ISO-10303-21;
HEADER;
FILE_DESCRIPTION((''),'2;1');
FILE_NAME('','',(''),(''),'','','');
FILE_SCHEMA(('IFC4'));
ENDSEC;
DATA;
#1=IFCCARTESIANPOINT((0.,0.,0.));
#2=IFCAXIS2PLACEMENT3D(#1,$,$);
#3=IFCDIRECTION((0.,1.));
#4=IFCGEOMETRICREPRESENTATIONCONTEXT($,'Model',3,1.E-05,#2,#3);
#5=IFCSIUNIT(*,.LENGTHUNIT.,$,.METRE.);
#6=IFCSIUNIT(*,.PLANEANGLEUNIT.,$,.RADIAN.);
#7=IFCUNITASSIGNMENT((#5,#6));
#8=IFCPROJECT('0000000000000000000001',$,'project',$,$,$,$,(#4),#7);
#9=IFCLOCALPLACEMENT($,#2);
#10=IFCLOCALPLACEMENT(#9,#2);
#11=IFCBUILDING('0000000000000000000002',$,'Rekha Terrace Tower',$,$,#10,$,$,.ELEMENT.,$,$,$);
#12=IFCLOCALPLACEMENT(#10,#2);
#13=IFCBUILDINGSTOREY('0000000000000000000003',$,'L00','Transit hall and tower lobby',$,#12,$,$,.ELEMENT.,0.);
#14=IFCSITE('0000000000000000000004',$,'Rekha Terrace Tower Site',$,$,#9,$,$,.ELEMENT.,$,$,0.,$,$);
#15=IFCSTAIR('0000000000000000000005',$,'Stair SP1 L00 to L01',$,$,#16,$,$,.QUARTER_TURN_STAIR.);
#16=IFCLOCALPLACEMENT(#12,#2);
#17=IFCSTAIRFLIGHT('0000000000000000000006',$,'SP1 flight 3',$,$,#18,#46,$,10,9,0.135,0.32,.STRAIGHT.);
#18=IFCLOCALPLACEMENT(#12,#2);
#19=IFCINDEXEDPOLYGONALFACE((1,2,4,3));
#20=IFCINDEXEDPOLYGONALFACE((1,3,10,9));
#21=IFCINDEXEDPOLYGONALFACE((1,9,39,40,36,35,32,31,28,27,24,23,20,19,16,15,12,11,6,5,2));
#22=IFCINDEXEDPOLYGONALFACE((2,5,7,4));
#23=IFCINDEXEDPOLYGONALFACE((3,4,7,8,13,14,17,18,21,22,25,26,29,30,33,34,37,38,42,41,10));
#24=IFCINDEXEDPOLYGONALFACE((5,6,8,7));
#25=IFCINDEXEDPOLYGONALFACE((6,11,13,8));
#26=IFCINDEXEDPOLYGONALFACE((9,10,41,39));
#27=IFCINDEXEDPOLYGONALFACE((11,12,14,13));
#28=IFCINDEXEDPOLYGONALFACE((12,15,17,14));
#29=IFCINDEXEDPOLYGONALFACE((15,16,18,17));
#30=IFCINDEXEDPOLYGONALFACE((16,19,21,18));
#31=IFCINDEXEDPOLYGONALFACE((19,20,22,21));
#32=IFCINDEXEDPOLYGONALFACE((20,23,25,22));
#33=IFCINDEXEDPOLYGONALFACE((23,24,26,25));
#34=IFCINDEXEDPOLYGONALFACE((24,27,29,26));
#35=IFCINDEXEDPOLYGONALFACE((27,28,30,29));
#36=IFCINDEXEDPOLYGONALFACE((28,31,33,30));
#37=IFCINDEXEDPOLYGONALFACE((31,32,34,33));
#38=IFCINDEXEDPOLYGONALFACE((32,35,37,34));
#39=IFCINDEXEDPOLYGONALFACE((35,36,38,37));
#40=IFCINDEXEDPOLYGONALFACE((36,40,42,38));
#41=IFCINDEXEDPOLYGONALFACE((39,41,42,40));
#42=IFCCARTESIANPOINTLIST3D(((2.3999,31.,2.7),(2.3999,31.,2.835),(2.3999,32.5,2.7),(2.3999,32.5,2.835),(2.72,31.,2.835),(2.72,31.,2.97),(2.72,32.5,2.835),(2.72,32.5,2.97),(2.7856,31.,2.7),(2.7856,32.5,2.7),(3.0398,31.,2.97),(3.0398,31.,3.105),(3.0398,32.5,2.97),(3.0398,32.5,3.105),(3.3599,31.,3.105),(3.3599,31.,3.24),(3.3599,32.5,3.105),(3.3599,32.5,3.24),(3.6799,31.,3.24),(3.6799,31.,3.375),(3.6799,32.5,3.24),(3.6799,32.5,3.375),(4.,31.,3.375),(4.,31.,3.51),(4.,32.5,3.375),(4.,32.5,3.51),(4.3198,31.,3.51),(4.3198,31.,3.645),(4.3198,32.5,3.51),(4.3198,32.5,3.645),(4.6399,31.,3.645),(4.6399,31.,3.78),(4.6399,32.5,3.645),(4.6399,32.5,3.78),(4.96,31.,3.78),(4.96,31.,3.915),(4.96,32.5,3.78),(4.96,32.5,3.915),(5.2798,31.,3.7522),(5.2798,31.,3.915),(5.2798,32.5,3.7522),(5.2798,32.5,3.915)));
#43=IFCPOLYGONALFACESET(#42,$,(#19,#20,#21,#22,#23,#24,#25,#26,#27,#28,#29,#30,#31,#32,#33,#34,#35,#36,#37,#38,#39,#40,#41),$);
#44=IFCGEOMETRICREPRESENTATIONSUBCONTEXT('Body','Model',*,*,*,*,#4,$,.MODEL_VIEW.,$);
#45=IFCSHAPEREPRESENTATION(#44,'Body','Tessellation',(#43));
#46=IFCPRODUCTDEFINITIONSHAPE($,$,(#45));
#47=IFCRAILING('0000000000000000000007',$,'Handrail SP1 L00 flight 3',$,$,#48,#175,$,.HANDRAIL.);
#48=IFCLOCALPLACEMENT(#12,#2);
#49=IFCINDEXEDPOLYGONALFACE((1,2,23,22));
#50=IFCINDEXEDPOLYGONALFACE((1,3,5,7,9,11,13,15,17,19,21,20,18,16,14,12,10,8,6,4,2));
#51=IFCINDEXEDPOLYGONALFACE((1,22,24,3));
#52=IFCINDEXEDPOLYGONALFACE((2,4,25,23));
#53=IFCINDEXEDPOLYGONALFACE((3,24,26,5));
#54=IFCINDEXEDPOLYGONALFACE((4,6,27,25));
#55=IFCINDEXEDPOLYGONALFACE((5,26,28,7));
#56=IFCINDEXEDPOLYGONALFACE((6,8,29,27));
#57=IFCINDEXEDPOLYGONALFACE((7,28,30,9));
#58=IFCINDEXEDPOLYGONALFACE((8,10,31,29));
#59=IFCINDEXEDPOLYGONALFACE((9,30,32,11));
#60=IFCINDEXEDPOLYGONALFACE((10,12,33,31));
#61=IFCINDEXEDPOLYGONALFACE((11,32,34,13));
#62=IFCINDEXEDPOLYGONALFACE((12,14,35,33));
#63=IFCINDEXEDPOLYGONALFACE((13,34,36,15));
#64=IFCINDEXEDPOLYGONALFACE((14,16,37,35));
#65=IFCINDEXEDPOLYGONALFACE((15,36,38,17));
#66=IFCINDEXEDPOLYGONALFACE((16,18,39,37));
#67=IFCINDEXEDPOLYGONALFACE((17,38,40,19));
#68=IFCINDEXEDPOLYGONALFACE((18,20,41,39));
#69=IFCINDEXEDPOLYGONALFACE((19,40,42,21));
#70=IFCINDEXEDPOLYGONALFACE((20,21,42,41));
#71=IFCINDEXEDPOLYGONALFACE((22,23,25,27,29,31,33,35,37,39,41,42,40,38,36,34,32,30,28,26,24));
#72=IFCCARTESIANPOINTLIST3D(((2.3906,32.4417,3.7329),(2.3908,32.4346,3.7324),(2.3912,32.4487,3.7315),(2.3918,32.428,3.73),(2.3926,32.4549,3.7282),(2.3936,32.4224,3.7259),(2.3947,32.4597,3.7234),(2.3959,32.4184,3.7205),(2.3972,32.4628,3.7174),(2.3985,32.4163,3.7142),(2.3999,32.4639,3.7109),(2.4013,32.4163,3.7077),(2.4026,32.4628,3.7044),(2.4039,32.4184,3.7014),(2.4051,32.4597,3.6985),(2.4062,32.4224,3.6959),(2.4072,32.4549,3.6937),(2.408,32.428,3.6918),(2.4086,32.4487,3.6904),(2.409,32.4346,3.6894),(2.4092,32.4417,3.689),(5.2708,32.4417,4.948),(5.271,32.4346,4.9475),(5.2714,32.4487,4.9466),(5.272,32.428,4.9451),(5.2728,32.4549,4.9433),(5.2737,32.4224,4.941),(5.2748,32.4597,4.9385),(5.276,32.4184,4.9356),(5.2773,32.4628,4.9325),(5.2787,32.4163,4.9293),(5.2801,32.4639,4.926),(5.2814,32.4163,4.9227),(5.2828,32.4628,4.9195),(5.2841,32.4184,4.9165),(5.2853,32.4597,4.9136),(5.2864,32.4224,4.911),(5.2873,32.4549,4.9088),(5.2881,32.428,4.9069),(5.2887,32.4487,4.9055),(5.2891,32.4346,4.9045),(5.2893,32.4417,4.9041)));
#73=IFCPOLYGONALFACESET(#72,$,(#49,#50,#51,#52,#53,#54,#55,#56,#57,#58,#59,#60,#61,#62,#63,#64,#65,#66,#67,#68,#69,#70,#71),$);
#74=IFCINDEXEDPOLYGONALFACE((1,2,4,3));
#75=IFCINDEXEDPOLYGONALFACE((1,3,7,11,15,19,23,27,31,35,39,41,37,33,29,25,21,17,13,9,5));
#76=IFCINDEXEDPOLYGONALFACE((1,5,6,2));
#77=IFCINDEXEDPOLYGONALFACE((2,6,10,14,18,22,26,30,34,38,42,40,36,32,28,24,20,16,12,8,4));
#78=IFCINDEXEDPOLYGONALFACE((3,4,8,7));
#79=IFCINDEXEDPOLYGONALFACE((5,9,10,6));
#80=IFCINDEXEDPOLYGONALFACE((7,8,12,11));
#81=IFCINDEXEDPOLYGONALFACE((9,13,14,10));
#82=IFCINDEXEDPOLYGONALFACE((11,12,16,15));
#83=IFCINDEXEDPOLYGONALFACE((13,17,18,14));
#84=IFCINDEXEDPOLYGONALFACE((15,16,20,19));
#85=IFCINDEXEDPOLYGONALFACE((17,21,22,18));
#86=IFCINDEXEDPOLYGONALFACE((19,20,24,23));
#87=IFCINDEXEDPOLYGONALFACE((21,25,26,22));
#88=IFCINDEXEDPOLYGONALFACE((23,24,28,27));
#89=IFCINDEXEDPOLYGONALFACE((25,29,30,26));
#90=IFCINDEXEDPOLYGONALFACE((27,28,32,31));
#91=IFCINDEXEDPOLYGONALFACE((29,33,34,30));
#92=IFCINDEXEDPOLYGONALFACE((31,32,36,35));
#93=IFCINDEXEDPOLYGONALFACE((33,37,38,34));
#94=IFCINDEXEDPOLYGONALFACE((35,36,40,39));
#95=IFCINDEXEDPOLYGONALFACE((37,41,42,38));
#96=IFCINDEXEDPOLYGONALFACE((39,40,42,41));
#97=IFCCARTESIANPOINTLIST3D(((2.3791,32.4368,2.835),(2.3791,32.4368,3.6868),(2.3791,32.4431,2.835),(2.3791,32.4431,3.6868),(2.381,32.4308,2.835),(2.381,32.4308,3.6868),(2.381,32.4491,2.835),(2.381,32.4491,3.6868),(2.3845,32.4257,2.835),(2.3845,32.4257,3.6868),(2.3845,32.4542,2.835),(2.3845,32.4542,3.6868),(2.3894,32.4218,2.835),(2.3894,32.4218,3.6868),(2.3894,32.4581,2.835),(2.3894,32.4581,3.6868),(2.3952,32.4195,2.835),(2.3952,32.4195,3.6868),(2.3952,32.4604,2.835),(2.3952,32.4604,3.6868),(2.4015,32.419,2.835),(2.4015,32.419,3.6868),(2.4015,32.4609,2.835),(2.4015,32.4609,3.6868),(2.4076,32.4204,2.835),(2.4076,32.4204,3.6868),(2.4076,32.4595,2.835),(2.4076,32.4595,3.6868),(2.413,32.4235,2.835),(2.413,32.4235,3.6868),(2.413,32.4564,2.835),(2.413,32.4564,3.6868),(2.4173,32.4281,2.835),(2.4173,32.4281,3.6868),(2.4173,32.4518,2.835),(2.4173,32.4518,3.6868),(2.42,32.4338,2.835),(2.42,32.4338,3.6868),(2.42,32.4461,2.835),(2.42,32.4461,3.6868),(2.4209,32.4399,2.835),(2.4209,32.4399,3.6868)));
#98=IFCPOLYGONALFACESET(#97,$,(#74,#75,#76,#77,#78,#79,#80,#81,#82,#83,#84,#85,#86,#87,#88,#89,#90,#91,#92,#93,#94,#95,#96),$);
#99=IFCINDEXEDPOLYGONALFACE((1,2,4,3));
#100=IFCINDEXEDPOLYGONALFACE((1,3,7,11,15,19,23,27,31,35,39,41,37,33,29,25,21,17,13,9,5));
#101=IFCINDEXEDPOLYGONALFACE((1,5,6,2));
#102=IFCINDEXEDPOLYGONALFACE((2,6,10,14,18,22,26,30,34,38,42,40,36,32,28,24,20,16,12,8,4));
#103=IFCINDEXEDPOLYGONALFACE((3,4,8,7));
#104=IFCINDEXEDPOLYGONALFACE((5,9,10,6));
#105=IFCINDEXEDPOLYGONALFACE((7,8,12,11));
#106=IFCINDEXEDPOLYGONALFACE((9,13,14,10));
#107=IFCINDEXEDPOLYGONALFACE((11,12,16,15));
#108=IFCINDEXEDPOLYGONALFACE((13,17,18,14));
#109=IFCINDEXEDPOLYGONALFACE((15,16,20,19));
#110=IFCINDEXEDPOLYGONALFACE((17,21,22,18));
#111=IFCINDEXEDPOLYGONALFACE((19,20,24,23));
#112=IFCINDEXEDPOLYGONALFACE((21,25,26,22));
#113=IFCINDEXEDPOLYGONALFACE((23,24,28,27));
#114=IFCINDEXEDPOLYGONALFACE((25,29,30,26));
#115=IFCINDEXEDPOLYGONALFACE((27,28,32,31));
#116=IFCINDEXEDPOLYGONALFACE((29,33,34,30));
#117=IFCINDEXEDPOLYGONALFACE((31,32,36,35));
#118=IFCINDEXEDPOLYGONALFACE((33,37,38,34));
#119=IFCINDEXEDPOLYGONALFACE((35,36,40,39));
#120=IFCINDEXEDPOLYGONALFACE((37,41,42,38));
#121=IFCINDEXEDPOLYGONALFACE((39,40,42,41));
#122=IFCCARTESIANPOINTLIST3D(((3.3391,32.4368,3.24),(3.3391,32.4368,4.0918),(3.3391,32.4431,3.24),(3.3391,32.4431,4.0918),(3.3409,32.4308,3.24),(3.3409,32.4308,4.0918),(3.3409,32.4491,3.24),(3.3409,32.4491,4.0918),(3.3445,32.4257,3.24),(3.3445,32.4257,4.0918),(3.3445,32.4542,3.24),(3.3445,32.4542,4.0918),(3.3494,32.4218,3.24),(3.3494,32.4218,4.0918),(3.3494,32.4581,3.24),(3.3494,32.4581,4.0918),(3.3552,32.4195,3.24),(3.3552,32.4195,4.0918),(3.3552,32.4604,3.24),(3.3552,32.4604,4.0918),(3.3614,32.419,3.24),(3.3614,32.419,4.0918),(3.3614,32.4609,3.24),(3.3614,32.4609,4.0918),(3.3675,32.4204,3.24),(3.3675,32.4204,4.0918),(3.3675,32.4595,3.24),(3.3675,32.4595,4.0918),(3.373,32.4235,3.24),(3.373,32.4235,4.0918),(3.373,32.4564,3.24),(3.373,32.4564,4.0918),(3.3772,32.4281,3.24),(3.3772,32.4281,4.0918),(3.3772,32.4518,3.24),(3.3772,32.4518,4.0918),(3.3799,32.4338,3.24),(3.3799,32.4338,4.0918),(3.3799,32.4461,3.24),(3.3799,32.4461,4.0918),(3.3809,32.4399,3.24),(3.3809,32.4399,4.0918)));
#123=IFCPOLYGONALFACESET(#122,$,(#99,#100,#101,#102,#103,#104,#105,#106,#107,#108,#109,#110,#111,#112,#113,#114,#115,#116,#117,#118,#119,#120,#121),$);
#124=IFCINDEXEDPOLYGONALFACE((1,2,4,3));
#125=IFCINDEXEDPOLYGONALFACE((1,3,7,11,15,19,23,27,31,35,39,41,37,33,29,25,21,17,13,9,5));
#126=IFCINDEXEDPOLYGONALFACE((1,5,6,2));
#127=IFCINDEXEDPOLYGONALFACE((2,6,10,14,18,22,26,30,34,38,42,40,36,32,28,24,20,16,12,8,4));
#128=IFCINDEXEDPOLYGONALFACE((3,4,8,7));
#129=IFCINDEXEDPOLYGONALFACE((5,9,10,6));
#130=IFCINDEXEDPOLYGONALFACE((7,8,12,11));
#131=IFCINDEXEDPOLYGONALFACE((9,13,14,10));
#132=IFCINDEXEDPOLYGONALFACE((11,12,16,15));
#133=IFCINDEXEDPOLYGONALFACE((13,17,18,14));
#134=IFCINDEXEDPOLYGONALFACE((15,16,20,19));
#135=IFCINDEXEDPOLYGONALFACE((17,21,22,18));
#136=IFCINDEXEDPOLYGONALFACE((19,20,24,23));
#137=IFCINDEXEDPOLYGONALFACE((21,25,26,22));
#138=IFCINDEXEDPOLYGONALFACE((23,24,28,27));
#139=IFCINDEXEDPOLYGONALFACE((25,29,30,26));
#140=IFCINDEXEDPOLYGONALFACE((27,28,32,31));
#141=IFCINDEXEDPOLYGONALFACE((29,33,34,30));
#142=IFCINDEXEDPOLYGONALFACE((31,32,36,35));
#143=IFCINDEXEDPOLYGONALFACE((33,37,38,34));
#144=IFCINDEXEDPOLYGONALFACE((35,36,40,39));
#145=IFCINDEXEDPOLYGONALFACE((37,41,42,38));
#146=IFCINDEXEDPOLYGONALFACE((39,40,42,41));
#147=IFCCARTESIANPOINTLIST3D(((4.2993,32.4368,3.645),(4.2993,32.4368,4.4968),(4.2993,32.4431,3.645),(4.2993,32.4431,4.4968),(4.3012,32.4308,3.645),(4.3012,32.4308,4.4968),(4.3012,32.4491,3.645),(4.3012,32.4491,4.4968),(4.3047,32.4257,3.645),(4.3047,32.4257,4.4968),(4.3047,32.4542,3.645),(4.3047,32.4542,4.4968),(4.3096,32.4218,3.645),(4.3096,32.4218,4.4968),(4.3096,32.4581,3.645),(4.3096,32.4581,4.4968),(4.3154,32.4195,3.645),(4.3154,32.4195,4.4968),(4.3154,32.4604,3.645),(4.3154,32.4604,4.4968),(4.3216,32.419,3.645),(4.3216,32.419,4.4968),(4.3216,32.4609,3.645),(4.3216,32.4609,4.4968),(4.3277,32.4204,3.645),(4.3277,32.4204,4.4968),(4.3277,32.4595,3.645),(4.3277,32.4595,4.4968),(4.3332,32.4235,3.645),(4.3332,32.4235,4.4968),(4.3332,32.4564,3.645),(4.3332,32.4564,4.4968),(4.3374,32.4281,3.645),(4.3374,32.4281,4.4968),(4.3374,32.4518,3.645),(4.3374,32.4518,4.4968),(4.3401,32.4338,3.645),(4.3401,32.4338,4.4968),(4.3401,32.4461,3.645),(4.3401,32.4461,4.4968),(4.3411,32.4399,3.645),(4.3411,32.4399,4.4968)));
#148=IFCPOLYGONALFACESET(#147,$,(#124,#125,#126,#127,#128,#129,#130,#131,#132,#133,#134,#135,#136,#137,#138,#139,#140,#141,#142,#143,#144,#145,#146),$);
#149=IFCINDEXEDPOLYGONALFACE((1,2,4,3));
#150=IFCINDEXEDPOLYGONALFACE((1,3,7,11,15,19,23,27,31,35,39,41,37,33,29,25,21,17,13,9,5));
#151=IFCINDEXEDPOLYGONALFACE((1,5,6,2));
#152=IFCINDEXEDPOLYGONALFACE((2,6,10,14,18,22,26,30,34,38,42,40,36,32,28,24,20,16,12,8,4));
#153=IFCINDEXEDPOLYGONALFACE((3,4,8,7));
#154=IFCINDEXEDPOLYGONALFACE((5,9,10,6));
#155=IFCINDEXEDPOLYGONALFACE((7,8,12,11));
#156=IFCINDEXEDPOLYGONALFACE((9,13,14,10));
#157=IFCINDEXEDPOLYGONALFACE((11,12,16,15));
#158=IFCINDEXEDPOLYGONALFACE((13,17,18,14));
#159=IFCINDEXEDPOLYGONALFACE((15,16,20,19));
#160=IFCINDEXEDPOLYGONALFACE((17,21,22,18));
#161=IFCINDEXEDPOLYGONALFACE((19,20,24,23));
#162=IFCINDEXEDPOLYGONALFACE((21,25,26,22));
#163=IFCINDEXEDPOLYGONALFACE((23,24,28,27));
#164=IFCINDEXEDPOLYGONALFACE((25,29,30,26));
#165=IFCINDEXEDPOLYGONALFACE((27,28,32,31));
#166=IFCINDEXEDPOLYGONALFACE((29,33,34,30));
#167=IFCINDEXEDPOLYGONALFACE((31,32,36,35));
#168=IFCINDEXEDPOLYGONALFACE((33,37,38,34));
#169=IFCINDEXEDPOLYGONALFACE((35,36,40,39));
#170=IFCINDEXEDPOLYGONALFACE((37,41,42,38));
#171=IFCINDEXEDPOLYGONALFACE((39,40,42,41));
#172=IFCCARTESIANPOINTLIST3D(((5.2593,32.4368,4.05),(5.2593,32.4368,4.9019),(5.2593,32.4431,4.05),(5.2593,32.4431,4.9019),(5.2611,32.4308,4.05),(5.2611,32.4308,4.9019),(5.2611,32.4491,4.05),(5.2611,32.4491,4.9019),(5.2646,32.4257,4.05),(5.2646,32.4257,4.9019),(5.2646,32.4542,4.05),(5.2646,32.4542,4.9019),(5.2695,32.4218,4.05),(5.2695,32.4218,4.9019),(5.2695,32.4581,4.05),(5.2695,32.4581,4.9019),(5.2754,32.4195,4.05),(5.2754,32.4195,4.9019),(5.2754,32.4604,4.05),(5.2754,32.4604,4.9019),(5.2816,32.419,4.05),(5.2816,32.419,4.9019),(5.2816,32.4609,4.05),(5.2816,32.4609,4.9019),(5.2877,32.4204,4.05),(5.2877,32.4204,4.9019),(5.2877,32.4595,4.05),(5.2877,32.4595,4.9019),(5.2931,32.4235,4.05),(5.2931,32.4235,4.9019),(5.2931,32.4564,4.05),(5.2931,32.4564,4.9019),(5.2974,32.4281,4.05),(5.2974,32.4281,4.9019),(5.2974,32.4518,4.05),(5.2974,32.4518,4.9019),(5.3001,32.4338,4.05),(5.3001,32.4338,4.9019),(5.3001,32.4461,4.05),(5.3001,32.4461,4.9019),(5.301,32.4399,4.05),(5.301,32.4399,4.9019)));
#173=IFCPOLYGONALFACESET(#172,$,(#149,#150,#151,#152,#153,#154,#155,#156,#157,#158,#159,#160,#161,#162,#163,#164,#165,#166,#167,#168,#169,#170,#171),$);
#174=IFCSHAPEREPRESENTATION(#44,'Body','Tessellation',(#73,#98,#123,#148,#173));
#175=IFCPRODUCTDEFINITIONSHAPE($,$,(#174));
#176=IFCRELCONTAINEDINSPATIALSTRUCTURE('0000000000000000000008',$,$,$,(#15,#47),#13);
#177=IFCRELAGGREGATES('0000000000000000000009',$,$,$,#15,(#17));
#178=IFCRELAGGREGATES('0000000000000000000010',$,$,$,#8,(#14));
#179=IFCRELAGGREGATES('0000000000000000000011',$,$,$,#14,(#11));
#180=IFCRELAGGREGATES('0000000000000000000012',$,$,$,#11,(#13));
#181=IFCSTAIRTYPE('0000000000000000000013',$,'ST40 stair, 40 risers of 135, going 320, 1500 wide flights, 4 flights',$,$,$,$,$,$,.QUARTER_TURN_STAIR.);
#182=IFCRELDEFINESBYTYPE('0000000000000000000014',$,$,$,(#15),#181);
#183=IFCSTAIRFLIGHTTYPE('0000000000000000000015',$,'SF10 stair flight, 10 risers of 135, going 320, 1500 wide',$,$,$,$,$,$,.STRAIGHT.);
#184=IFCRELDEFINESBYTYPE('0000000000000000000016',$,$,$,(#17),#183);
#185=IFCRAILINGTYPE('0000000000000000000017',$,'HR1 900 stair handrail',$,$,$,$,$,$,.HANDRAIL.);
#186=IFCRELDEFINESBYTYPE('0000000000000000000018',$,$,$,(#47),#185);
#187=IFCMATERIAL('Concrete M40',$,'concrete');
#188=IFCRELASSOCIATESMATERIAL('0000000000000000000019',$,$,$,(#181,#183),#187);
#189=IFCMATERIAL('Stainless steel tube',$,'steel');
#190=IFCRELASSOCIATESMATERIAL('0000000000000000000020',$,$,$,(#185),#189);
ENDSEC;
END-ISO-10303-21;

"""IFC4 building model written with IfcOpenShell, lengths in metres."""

from ifc_helpers import new_model, si_unit, direction, frame, origin, origin_2d, place, context, subcontext, project, spatial, polyline, circle, outline, extrude, material, type_object, element, aggregate, save


model = new_model("IFC4")

# Units and contexts
model_context = context("Model", 3, precision=1e-05, world=origin(), true_north=direction((0.0, 1.0)))
body_context = subcontext(model_context, "Body", "Model", "MODEL_VIEW")
ifc_project = project(units=[si_unit("LENGTHUNIT", "METRE"), si_unit("PLANEANGLEUNIT", "RADIAN")], contexts=[model_context])

# Site, building, storey
site_placement = place(None, origin())
site = spatial("IfcSite", under=ifc_project, at=site_placement, Name="Rekha Terrace Tower Site", CompositionType="ELEMENT", RefElevation=0.0)
building_placement = place(site_placement, origin())
building = spatial("IfcBuilding", under=site, at=building_placement, Name="Rekha Terrace Tower", CompositionType="ELEMENT")
storey_placement = place(building_placement, origin())
storey = spatial("IfcBuildingStorey", under=building, at=storey_placement, Name="L00", Description="Transit hall and tower lobby", CompositionType="ELEMENT", Elevation=0.0)

# Stair, stair flight
ifc_material_1 = material(Name="Concrete M40", Category="concrete")
stair_type = type_object("IfcStairType", Name="ST40 stair, 40 risers of 135, going 320, 1500 wide flights, 4 flights", PredefinedType="QUARTER_TURN_STAIR", material=ifc_material_1)
stair_placement = place(storey_placement, origin())
stair = element("IfcStair", 1, at=stair_placement, inside=storey, type_object=stair_type, Name="Stair SP1 L00 to L01", PredefinedType="QUARTER_TURN_STAIR")
stair_flight_type = type_object("IfcStairFlightType", Name="SF10 stair flight, 10 risers of 135, going 320, 1500 wide", PredefinedType="STRAIGHT", material=ifc_material_1)
stair_flight_placement = place(storey_placement, frame((2.3999, 31.75, 2.7), z_axis=(0.0, 0.0, 1.0), x_axis=(1.0, 0.0, 0.0)))
stair_flight = element("IfcStairFlight", 2, at=stair_flight_placement, type_object=stair_flight_type, Name="SP1 flight 3", NumberOfRisers=10, NumberOfTreads=9, PredefinedType="STRAIGHT", RiserHeight=0.135, TreadLength=0.32, context=body_context, shape_type="SweptSolid", body=[
    extrude(outline(polyline([(0.0, 0.0), (0.0, 0.135), (0.3201, 0.135), (0.3201, 0.27), (0.6399, 0.27), (0.6399, 0.405), (0.96, 0.405), (0.96, 0.54), (1.28, 0.54), (1.28, 0.675), (1.6001, 0.675), (1.6001, 0.8101), (1.9199, 0.8101), (1.9199, 0.9451), (2.24, 0.9451), (2.24, 1.0801), (2.5601, 1.0801), (2.5601, 1.2151), (2.8799, 1.2151), (2.8799, 1.3501), (2.8799, 1.0522), (0.3857, 0.0), (0.0, 0.0)])), frame((0.0, 0.75, 0.0), z_axis=(0.0, -1.0, 0.0), x_axis=(1.0, 0.0, 0.0)), (0.0, 0.0, 1.0), 1.5),
])
aggregate(stair, [stair_flight])

# Railing
ifc_material_2 = material(Name="Stainless steel tube", Category="steel")
railing_type = type_object("IfcRailingType", Name="HR1 900 stair handrail", PredefinedType="HANDRAIL", material=ifc_material_2)
railing_placement = place(storey_placement, frame((2.3999, 32.4399, 2.835)))
element("IfcRailing", 3, at=railing_placement, inside=storey, type_object=railing_type, Name="Handrail SP1 L00 flight 3", PredefinedType="HANDRAIL", context=body_context, shape_type="SweptSolid", body=[
    extrude(circle(Radius=0.0239, at=origin_2d()), frame((0.0, 0.0, 0.876), z_axis=(0.92136, 0.0, 0.38871), x_axis=(0.0, 1.0, 0.0)), (0.0, 0.0, 1.0), 3.126),
    extrude(circle(Radius=0.021, at=origin_2d()), origin(), (0.0, 0.0, 1.0), 0.8518),
    extrude(circle(Radius=0.021, at=origin_2d()), frame((0.96, 0.0, 0.405)), (0.0, 0.0, 1.0), 0.8518),
    extrude(circle(Radius=0.021, at=origin_2d()), frame((1.9202, 0.0, 0.8101)), (0.0, 0.0, 1.0), 0.8518),
    extrude(circle(Radius=0.021, at=origin_2d()), frame((2.8801, 0.0, 1.2151)), (0.0, 0.0, 1.0), 0.8518),
])

save(model, "model.ifc")
